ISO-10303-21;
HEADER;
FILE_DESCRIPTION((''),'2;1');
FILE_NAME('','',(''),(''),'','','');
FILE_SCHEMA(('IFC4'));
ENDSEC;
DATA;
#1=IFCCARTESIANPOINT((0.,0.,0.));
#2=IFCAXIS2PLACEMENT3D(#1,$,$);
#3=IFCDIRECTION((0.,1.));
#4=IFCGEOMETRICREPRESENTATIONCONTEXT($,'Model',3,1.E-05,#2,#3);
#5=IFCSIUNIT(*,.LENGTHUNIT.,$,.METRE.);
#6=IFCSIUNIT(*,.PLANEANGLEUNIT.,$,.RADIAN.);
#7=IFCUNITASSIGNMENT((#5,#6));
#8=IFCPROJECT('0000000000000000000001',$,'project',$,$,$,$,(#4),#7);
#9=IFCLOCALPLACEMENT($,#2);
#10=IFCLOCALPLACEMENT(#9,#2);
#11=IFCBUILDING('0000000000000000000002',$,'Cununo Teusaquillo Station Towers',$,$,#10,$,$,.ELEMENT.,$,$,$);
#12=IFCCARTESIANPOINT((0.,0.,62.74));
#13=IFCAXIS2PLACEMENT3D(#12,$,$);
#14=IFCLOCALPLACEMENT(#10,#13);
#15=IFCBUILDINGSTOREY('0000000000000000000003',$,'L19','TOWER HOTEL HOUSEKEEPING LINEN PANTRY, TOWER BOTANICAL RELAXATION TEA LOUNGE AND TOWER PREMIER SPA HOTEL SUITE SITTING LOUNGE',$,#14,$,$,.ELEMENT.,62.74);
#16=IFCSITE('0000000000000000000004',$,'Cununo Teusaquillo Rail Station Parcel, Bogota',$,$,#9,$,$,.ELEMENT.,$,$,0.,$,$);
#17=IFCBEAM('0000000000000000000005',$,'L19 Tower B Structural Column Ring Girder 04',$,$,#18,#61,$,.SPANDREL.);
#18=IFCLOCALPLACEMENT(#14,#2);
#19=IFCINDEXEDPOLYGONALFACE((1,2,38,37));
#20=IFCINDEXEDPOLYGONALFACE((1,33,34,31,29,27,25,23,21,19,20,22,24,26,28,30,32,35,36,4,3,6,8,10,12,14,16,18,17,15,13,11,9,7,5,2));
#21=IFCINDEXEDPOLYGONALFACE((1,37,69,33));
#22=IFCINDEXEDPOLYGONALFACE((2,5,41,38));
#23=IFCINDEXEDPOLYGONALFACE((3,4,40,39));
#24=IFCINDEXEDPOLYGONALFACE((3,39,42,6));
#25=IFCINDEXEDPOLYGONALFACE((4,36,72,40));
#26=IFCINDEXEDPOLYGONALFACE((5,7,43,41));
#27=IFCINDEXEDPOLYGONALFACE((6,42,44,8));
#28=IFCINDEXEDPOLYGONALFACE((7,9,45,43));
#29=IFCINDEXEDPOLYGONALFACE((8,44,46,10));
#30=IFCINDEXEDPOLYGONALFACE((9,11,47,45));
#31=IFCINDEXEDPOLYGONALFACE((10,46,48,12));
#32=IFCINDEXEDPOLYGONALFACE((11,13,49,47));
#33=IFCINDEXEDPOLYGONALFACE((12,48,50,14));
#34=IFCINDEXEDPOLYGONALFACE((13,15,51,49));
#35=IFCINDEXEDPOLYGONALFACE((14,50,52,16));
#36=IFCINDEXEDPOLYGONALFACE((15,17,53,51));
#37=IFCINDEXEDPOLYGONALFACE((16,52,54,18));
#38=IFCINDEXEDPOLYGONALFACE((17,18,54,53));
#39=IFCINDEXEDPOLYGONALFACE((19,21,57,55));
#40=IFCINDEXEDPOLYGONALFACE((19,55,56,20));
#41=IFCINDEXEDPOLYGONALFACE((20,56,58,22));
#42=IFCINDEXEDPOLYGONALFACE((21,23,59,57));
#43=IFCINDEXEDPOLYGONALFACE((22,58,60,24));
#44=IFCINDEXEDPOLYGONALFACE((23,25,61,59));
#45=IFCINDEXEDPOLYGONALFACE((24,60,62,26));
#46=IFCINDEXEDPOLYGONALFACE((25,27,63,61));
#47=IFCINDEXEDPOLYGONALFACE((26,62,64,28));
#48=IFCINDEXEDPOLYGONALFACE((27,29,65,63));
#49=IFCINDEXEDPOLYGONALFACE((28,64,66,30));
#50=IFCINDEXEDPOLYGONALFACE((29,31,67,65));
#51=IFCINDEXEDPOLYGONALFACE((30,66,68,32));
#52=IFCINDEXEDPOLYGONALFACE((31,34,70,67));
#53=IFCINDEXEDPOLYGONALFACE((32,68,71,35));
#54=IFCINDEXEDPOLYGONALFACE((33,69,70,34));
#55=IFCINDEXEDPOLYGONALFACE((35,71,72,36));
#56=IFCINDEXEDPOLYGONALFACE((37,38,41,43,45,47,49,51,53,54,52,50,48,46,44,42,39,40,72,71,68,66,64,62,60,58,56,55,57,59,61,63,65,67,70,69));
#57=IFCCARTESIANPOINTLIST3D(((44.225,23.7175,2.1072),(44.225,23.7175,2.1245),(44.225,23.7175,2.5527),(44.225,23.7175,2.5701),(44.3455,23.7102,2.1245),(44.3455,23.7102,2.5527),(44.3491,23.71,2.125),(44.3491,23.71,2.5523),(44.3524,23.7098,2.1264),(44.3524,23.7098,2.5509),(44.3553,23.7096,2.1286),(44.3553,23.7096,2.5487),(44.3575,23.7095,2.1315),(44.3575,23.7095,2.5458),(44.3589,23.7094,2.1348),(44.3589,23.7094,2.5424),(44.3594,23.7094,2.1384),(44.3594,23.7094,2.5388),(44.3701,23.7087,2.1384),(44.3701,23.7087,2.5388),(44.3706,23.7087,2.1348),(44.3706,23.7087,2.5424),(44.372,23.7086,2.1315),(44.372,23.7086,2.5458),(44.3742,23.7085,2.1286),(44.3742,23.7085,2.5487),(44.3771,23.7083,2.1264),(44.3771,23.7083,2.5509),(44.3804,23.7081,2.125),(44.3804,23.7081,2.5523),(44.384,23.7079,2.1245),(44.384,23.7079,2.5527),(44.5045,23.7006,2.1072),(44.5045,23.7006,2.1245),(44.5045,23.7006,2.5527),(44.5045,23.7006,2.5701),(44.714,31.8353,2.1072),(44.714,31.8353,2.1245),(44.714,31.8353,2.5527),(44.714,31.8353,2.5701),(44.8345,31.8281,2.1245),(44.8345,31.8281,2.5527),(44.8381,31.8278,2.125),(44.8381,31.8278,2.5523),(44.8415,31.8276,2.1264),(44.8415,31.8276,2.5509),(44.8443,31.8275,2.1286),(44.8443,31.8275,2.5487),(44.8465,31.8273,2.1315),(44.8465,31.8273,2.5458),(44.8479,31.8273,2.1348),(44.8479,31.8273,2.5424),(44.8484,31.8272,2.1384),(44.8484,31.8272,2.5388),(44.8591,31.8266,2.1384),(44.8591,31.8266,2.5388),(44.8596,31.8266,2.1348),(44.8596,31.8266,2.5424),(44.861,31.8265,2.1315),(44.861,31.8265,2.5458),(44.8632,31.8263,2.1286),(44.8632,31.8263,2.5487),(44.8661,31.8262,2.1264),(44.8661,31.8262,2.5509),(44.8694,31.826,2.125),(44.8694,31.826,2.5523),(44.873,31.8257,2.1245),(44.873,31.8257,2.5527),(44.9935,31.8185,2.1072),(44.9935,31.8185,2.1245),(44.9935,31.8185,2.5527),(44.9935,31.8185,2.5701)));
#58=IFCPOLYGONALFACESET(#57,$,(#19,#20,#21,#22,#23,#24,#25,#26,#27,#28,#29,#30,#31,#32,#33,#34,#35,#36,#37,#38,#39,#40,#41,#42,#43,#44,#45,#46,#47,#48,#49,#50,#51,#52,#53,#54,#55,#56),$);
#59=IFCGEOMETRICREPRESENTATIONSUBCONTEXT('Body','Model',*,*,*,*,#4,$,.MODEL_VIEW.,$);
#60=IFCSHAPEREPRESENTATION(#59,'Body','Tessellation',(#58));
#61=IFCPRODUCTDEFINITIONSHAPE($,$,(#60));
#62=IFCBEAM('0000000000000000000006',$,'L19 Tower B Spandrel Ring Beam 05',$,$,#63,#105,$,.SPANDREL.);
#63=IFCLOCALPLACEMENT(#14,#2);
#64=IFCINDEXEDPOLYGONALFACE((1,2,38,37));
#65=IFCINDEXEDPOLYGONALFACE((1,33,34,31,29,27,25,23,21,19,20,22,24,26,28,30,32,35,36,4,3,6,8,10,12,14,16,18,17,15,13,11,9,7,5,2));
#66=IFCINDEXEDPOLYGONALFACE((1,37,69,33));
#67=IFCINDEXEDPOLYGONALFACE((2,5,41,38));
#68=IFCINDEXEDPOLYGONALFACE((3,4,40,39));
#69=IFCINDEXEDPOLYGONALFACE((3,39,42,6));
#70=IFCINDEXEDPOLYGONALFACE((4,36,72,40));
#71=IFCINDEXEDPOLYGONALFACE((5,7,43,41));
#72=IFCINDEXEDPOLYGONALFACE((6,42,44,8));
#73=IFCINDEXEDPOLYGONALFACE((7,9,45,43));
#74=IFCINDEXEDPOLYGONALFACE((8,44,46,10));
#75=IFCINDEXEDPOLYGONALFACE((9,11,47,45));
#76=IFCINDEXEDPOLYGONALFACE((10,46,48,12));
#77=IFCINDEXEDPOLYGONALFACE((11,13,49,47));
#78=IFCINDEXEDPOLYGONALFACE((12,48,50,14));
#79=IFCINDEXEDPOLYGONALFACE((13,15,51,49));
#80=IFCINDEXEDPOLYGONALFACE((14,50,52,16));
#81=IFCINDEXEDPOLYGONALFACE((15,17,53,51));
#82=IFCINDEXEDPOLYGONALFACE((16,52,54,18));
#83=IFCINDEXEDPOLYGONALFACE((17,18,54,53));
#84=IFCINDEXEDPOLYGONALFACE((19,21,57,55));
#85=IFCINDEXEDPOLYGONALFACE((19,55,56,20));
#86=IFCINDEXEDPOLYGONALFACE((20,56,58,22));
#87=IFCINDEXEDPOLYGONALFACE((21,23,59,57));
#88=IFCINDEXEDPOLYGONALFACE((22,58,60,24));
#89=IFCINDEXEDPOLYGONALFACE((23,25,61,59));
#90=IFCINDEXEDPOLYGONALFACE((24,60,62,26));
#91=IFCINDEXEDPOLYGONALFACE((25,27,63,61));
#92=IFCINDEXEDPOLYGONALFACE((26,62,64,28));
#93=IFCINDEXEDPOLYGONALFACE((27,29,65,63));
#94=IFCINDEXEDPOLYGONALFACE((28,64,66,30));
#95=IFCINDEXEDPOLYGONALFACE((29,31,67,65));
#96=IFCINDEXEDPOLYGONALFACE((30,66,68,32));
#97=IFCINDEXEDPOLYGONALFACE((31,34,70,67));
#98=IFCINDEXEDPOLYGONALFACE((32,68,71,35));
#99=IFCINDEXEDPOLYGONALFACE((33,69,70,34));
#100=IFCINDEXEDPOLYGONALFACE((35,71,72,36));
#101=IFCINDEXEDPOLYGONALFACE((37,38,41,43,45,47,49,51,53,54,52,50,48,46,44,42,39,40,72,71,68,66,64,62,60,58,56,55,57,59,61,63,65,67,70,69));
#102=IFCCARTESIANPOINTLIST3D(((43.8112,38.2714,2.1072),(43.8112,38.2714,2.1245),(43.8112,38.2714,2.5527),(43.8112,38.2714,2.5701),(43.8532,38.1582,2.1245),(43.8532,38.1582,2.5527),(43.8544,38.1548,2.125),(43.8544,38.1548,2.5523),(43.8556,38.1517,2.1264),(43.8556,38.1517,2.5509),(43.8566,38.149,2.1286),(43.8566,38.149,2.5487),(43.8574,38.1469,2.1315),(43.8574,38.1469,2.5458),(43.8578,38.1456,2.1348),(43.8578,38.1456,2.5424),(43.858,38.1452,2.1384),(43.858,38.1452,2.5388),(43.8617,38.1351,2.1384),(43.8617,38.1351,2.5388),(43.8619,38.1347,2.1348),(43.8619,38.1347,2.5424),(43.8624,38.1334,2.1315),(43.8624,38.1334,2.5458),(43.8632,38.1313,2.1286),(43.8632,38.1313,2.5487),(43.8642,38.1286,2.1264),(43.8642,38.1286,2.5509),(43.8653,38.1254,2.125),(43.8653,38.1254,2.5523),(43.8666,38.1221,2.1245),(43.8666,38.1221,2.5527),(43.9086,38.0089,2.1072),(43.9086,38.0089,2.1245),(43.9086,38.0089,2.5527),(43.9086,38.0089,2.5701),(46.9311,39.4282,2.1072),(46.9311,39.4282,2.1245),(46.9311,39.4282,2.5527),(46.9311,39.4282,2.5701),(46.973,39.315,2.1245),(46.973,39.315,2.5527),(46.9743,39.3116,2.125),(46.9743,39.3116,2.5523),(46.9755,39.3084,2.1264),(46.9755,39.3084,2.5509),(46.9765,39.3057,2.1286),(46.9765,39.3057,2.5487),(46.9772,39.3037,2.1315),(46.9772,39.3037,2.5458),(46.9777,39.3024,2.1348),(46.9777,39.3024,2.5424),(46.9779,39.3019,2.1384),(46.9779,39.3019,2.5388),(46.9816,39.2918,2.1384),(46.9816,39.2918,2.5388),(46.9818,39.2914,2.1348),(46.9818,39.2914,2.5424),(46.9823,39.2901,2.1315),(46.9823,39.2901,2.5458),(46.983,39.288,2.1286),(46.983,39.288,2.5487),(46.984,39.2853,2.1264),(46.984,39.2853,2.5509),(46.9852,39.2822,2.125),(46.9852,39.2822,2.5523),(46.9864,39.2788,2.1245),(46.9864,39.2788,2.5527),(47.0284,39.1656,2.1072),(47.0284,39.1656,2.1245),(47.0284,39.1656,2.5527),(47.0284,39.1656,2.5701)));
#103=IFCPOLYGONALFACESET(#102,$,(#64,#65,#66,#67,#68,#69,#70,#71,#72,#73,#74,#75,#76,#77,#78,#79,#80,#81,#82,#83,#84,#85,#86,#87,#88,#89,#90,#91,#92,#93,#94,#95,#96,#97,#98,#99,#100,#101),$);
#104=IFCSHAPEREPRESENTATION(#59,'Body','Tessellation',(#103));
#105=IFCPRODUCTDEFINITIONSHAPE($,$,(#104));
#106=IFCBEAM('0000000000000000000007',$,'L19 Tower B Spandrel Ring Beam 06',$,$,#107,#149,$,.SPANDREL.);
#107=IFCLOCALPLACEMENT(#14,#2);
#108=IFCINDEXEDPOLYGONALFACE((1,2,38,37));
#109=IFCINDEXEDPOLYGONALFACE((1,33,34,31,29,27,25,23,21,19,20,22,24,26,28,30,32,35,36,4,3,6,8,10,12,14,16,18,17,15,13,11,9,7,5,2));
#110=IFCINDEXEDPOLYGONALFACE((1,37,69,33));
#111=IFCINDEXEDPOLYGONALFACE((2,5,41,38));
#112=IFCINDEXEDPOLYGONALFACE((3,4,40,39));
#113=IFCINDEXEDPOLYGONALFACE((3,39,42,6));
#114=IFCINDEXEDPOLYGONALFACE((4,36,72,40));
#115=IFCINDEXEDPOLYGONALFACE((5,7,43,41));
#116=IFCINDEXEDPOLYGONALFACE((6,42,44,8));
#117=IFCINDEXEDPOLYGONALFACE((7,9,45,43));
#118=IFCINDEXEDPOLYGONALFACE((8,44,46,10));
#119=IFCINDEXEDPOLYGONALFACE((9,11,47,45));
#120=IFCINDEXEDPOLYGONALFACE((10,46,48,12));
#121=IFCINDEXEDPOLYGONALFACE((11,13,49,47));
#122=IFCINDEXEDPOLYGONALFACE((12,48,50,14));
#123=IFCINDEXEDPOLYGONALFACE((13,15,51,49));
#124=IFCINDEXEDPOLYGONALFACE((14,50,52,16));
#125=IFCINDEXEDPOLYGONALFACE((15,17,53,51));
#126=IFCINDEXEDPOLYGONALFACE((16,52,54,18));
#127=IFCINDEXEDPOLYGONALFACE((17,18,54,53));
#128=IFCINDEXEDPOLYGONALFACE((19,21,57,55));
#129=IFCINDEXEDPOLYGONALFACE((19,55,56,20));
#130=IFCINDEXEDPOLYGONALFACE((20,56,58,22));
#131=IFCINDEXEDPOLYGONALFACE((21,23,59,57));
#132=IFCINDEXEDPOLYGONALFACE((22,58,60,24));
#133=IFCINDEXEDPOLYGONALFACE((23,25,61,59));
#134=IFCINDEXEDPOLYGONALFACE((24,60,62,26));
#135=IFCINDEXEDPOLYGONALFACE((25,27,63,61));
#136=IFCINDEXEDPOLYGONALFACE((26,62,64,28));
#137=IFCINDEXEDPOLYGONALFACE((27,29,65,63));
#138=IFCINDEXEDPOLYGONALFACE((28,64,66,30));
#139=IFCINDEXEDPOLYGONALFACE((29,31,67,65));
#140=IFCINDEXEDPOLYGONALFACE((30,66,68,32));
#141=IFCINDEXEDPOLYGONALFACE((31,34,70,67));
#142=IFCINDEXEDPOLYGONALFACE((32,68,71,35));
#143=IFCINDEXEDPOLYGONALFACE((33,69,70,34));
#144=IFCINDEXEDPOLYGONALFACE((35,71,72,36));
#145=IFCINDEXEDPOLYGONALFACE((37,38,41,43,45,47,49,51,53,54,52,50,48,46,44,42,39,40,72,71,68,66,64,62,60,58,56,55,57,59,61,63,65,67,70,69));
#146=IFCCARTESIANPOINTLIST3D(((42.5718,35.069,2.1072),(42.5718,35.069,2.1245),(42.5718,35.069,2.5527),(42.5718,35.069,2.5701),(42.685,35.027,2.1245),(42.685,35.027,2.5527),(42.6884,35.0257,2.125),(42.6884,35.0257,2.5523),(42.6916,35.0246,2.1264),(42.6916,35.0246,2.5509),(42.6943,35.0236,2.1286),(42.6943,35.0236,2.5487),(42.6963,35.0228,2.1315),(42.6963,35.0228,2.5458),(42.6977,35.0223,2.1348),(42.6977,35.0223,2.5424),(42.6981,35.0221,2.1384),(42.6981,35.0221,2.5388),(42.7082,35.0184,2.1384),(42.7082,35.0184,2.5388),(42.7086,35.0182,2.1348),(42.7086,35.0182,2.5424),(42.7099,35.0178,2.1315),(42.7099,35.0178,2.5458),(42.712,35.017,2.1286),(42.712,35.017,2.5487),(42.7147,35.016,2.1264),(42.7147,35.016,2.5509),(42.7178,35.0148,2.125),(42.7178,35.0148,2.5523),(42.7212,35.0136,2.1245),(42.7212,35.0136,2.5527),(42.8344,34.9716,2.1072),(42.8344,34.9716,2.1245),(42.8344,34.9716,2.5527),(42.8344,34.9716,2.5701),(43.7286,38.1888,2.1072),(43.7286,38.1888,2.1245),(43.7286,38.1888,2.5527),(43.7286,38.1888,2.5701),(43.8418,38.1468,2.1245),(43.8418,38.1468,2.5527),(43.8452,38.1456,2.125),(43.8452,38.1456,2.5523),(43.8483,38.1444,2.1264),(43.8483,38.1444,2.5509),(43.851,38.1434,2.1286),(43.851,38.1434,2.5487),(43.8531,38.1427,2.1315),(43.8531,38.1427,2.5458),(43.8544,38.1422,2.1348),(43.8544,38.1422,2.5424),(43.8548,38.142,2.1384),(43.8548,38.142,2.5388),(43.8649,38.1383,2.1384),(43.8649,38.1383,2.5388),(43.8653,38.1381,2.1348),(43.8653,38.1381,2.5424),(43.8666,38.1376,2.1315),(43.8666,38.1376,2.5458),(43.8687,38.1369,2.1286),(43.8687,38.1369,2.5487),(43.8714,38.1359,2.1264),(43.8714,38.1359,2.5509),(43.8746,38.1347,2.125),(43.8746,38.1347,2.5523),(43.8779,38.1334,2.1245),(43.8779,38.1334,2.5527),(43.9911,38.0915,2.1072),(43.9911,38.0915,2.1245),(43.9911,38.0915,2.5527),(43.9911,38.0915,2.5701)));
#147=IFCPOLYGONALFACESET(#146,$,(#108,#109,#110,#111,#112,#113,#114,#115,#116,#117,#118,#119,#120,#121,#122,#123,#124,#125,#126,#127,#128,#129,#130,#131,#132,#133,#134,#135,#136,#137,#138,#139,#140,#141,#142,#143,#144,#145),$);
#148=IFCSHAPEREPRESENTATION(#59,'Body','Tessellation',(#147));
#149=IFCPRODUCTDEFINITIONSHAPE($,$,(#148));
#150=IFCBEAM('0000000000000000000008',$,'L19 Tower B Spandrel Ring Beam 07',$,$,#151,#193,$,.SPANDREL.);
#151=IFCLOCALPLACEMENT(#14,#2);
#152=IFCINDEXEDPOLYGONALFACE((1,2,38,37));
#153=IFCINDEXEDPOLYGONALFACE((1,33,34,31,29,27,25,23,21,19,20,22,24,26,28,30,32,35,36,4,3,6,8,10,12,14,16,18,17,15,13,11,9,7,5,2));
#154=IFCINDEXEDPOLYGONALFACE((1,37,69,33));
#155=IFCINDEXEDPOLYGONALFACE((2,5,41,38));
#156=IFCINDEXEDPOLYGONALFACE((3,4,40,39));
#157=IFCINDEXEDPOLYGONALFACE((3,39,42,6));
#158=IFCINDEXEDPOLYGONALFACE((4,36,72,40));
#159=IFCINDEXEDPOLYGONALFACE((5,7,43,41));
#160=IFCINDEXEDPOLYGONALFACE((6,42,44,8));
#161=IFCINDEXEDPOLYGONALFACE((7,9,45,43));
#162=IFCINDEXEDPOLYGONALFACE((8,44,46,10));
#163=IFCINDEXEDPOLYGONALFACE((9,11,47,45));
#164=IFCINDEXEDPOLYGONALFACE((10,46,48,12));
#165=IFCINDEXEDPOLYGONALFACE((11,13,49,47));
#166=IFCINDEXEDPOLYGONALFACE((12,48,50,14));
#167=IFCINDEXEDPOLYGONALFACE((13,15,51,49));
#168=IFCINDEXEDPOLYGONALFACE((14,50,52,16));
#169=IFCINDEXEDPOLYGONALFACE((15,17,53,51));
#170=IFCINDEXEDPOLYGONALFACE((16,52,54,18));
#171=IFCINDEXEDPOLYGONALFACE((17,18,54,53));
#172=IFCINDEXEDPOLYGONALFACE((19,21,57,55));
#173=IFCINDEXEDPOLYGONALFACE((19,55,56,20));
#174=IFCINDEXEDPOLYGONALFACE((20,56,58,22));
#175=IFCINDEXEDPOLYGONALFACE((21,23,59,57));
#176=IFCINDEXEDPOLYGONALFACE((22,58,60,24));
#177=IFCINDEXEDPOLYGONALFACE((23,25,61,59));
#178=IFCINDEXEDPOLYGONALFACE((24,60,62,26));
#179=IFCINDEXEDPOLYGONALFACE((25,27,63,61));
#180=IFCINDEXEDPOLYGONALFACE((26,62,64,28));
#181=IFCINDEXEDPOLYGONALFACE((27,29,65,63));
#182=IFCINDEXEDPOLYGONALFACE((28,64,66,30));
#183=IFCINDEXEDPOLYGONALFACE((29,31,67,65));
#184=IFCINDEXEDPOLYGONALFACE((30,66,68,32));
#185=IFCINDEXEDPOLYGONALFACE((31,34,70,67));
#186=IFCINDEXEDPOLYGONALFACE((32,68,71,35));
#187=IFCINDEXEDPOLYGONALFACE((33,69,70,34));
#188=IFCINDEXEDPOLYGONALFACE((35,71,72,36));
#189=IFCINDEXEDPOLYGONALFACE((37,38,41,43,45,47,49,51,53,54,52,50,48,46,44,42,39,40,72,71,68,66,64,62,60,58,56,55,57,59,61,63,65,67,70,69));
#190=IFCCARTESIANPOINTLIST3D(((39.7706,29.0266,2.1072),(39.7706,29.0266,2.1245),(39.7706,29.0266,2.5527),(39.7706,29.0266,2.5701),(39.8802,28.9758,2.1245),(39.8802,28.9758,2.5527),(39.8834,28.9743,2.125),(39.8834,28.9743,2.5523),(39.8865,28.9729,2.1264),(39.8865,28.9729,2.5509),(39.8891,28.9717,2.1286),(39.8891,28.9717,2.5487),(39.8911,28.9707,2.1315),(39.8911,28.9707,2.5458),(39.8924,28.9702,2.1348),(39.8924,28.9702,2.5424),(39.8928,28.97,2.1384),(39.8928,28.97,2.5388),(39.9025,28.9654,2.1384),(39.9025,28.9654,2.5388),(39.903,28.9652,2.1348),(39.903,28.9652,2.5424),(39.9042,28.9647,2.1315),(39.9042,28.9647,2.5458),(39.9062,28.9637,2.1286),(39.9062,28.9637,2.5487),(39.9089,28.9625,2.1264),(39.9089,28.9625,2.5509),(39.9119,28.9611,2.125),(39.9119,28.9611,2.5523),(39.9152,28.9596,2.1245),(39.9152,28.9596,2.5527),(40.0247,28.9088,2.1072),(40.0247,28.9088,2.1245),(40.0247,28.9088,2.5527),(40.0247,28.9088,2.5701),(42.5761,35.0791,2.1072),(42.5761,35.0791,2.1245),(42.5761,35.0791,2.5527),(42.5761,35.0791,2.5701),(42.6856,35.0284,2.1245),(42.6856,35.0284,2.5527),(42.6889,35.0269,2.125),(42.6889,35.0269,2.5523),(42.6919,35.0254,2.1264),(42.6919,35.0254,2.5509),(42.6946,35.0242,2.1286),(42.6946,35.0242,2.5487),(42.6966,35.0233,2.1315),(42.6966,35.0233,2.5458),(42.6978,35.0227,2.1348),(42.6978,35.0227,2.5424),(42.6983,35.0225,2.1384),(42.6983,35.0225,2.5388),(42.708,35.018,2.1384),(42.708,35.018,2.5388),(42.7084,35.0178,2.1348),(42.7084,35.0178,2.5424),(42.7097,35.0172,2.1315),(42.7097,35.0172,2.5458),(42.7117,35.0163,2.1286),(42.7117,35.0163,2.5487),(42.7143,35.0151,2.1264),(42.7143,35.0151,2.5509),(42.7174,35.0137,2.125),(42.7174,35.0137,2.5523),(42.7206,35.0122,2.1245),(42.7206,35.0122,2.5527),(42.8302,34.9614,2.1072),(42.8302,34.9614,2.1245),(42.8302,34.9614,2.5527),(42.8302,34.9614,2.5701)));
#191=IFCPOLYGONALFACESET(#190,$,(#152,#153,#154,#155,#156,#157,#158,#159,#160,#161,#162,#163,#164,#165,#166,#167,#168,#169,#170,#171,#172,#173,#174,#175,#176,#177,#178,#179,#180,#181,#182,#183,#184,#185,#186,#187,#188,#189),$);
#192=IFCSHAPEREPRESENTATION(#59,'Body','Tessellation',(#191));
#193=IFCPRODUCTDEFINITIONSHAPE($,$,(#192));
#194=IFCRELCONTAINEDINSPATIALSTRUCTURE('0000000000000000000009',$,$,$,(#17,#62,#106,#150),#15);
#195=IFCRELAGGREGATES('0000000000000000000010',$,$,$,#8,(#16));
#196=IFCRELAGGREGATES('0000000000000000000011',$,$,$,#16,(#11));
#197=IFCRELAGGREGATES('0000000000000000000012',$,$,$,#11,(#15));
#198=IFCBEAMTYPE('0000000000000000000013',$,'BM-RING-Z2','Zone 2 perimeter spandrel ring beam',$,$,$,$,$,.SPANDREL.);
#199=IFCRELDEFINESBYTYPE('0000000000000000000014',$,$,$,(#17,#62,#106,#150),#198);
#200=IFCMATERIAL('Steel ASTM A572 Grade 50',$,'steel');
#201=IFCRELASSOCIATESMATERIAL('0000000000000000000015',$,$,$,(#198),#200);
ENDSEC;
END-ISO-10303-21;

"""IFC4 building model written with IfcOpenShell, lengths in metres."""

from ifc_helpers import new_model, si_unit, direction, frame, origin, origin_2d, place, context, subcontext, project, spatial, i_section, extrude, material, material_profile, profile_set, type_object, element, save


model = new_model("IFC4")

# Units and contexts
model_context = context("Model", 3, precision=1e-05, world=origin(), true_north=direction((0.0, 1.0)))
body_context = subcontext(model_context, "Body", "Model", "MODEL_VIEW")
ifc_project = project(units=[si_unit("LENGTHUNIT", "METRE"), si_unit("PLANEANGLEUNIT", "RADIAN")], contexts=[model_context])

# Site, building, storey
site_placement = place(None, origin())
site = spatial("IfcSite", under=ifc_project, at=site_placement, Name="Cununo Teusaquillo Rail Station Parcel, Bogota", CompositionType="ELEMENT", RefElevation=0.0)
building_placement = place(site_placement, origin())
building = spatial("IfcBuilding", under=site, at=building_placement, Name="Cununo Teusaquillo Station Towers", CompositionType="ELEMENT")
storey_placement = place(building_placement, frame((0.0, 0.0, 62.74)))
storey = spatial("IfcBuildingStorey", under=building, at=storey_placement, Name="L19", Description="TOWER HOTEL HOUSEKEEPING LINEN PANTRY, TOWER BOTANICAL RELAXATION TEA LOUNGE AND TOWER PREMIER SPA HOTEL SUITE SITTING LOUNGE", CompositionType="ELEMENT", Elevation=62.74)

# Beams
ifc_material_1 = material(Name="Steel ASTM A572 Grade 50", Category="steel")
ifc_material_profile_1 = material_profile(ifc_material_1, i_section(OverallWidth=0.28, OverallDepth=0.4629, WebThickness=0.0107, FlangeThickness=0.0173, FilletRadius=0.0139, at=origin_2d()), Name="W18X76")
ifc_profile_set_1 = profile_set([ifc_material_profile_1], Name="Steel ASTM A572 Grade 50")
beam_type_1 = type_object("IfcBeamType", Name="BM-RING-Z2", Description="Zone 2 perimeter spandrel ring beam", PredefinedType="SPANDREL", material=ifc_profile_set_1)
beam_1_placement = place(storey_placement, frame((44.8538, 31.8269, 2.3386), z_axis=(-0.06013, -0.998191, 0.0), x_axis=(0.998191, -0.06013, 0.0)))
element("IfcBeam", 1, at=beam_1_placement, inside=storey, type_object=beam_type_1, Name="L19 Tower B Structural Column Ring Girder 04", PredefinedType="SPANDREL", context=body_context, shape_type="SweptSolid", body=[
    extrude(i_section(OverallWidth=0.28, OverallDepth=0.4629, WebThickness=0.0107, FlangeThickness=0.0173, FilletRadius=0.0139, at=origin_2d()), origin(), (0.0, 0.0, 1.0), 8.1326),
])
for number, where, z_axis, x_axis, name in (
    (2, (46.9797, 39.2969, 2.3386), (-0.937628, -0.347639, 0.0), (0.347639, -0.937628, 0.0), "L19 Tower B Spandrel Ring Beam 05"),
    (3, (43.8599, 38.1401, 2.3386), (-0.347639, -0.937628, 0.0), (0.937628, -0.347639, 0.0), "L19 Tower B Spandrel Ring Beam 06"),
):
    element("IfcBeam", number, at=place(storey_placement, frame(where, z_axis=z_axis, x_axis=x_axis)), inside=storey, type_object=beam_type_1, Name=name, PredefinedType="SPANDREL", context=body_context, shape_type="SweptSolid", body=[
        extrude(i_section(OverallWidth=0.28, OverallDepth=0.4629, WebThickness=0.0107, FlangeThickness=0.0173, FilletRadius=0.0139, at=origin_2d()), origin(), (0.0, 0.0, 1.0), 3.3274),
    ])
beam_2_placement = place(storey_placement, frame((42.7031, 35.0203, 2.3386), z_axis=(-0.420536, -0.907276, 0.0), x_axis=(0.907276, -0.420536, 0.0)))
element("IfcBeam", 4, at=beam_2_placement, inside=storey, type_object=beam_type_1, Name="L19 Tower B Spandrel Ring Beam 07", PredefinedType="SPANDREL", context=body_context, shape_type="SweptSolid", body=[
    extrude(i_section(OverallWidth=0.28, OverallDepth=0.4629, WebThickness=0.0107, FlangeThickness=0.0173, FilletRadius=0.0139, at=origin_2d()), origin(), (0.0, 0.0, 1.0), 6.6711),
])

save(model, "model.ifc")
